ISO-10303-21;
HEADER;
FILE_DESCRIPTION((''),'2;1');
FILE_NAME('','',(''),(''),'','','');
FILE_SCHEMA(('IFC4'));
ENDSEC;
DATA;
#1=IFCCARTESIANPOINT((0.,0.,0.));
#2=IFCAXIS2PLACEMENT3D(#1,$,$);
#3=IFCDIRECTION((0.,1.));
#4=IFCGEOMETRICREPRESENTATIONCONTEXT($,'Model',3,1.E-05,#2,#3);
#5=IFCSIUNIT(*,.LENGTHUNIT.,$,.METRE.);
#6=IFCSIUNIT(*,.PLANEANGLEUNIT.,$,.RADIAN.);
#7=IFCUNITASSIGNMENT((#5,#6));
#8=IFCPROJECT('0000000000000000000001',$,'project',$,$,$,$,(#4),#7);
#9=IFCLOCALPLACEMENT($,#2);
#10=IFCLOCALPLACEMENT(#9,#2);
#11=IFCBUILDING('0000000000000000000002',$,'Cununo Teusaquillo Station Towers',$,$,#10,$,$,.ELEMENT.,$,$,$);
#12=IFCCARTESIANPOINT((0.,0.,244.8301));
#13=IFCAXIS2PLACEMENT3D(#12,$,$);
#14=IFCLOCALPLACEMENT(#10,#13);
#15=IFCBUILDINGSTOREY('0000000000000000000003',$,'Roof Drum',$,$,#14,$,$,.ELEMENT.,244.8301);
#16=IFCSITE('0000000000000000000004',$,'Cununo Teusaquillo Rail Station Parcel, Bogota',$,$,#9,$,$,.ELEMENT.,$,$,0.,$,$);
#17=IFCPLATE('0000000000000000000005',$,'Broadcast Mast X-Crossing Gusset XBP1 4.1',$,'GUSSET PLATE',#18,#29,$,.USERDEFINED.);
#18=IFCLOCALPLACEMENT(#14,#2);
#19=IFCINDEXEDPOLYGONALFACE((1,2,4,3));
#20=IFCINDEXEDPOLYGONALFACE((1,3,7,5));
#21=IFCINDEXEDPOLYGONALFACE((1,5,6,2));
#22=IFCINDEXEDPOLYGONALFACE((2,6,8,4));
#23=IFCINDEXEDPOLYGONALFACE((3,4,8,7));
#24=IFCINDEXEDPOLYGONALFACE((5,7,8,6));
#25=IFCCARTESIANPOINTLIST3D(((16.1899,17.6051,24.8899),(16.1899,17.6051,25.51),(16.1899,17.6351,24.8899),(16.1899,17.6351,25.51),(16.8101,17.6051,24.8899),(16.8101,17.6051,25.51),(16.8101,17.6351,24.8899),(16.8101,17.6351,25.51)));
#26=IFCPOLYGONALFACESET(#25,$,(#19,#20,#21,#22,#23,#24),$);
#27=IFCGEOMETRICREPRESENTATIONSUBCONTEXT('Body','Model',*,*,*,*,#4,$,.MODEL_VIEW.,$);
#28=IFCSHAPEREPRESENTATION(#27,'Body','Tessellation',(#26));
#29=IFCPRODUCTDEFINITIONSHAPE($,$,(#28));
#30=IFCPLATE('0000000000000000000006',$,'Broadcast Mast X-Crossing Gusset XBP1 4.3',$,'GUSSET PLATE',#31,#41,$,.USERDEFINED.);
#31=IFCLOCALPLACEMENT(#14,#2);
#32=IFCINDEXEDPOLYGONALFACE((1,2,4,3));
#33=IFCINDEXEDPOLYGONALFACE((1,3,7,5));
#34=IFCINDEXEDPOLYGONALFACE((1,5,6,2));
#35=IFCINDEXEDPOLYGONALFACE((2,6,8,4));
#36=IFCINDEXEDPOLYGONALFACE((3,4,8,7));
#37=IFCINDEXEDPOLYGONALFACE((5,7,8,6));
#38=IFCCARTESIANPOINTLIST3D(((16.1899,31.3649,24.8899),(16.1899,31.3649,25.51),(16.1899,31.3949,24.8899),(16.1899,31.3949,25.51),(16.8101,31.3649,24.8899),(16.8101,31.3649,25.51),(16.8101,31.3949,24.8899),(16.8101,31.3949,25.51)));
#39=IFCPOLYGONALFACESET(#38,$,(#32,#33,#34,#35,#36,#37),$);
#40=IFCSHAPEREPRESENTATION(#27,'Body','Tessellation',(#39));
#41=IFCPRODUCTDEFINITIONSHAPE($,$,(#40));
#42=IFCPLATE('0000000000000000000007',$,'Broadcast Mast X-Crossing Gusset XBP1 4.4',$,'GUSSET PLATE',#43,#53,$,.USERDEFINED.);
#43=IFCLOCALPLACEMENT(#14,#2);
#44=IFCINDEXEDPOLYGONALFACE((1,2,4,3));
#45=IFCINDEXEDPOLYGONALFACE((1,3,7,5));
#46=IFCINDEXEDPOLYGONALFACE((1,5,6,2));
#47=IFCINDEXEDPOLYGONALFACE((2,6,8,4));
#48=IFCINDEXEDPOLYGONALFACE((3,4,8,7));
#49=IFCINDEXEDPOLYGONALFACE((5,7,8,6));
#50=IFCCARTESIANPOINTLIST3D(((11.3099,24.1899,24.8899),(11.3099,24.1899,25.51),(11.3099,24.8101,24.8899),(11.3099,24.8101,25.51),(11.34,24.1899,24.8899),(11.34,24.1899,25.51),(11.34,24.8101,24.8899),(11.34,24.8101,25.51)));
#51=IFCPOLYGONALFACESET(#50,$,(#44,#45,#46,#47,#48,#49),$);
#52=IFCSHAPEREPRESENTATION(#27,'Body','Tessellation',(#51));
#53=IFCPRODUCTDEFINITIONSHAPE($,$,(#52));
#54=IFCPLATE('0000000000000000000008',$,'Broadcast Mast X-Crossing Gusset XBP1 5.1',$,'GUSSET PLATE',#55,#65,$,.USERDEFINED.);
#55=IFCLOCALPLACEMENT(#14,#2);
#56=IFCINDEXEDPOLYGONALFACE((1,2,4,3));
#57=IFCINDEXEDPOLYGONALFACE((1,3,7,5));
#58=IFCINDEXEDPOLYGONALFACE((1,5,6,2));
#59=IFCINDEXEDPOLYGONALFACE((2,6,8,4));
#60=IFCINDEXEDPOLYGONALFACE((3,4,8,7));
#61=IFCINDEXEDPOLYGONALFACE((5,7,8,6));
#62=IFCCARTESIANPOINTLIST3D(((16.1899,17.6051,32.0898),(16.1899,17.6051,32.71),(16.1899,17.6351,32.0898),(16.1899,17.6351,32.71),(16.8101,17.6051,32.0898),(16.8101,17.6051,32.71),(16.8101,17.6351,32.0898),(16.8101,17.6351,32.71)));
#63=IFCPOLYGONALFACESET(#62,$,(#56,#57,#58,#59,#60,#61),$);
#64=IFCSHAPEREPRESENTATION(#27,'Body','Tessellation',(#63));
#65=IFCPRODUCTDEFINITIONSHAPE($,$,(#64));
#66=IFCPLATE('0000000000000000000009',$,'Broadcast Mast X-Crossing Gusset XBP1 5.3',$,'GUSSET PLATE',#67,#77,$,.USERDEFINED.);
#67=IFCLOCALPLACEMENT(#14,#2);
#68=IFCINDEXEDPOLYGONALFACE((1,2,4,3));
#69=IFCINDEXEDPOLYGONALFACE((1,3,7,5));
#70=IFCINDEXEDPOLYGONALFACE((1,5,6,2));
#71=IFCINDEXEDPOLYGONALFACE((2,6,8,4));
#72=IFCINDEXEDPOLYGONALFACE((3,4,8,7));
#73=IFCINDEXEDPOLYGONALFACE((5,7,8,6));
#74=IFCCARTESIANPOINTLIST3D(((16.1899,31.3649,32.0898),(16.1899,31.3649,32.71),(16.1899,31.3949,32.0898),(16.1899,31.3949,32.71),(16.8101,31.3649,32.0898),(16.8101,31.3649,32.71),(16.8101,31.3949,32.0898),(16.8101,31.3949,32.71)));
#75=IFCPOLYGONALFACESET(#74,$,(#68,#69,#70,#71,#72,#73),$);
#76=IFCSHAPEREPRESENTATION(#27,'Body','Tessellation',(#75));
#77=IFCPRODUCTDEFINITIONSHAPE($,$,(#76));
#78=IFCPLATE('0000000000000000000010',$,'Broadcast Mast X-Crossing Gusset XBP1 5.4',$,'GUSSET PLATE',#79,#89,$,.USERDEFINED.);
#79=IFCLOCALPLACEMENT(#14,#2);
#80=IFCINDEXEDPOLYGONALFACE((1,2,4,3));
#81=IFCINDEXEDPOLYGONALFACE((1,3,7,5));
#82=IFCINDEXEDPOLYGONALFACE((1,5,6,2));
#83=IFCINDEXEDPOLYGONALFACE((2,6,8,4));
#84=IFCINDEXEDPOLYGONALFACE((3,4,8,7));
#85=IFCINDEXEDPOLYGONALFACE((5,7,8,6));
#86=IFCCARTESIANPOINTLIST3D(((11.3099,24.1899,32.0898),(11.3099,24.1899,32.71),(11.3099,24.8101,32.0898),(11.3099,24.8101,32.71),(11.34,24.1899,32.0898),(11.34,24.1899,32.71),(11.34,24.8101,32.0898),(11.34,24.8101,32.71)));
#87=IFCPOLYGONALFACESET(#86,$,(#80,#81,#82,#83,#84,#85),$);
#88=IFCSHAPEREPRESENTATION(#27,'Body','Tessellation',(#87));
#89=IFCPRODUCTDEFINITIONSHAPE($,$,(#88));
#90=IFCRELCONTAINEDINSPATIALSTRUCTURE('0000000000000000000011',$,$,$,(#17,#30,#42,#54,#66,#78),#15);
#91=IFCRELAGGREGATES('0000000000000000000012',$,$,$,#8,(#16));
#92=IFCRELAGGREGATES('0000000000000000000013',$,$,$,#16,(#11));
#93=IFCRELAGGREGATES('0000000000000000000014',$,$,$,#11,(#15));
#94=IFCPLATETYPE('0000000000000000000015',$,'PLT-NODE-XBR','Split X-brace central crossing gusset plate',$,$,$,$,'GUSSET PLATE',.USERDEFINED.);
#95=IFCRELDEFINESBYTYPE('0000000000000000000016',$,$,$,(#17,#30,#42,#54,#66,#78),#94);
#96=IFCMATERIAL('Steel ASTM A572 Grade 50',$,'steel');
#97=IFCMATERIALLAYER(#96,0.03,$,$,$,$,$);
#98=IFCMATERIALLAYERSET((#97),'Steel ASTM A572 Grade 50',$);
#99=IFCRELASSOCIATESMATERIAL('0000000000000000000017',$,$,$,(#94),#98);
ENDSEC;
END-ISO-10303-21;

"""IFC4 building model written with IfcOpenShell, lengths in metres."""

from ifc_helpers import new_model, si_unit, direction, frame, origin, origin_2d, place, context, subcontext, project, spatial, rectangle, extrude, source, transform, mapped, material, layer, layer_set, type_object, element, save


model = new_model("IFC4")

# Units and contexts
model_context = context("Model", 3, precision=1e-05, world=origin(), true_north=direction((0.0, 1.0)))
body_context = subcontext(model_context, "Body", "Model", "MODEL_VIEW")
ifc_project = project(units=[si_unit("LENGTHUNIT", "METRE"), si_unit("PLANEANGLEUNIT", "RADIAN")], contexts=[model_context])

# Site, building, storey
site_placement = place(None, origin())
site = spatial("IfcSite", under=ifc_project, at=site_placement, Name="Cununo Teusaquillo Rail Station Parcel, Bogota", CompositionType="ELEMENT", RefElevation=0.0)
building_placement = place(site_placement, origin())
building = spatial("IfcBuilding", under=site, at=building_placement, Name="Cununo Teusaquillo Station Towers", CompositionType="ELEMENT")
storey_placement = place(building_placement, frame((0.0, 0.0, 244.8301)))
storey = spatial("IfcBuildingStorey", under=building, at=storey_placement, Name="Roof Drum", CompositionType="ELEMENT", Elevation=244.8301)

# Plates
ifc_material_1 = material(Name="Steel ASTM A572 Grade 50", Category="steel")
ifc_layer_1 = layer(ifc_material_1, 0.03)
ifc_layer_set_1 = layer_set([ifc_layer_1], Name="Steel ASTM A572 Grade 50")
plate_type_1 = type_object("IfcPlateType", Name="PLT-NODE-XBR", Description="Split X-brace central crossing gusset plate", ElementType="GUSSET PLATE", PredefinedType="USERDEFINED", material=ifc_layer_set_1)
shared_shape_1 = source(origin(), body_context, "Body", "SweptSolid", [
    extrude(rectangle(XDim=0.6201, YDim=0.03, at=origin_2d()), origin(), (0.0, 0.0, 1.0), 0.6201),
])
for number, where, z_axis, x_axis, name in (
    (1, (16.5, 17.6201, 24.8899), (0.0, 0.0, 1.0), (1.0, 0.0, 0.0), "Broadcast Mast X-Crossing Gusset XBP1 4.1"),
    (2, (16.5, 31.3799, 24.8899), (0.0, 0.0, 1.0), (-1.0, 0.0, 0.0), "Broadcast Mast X-Crossing Gusset XBP1 4.3"),
    (3, (11.325, 24.5, 24.8899), (0.0, 0.0, 1.0), (0.0, -1.0, 0.0), "Broadcast Mast X-Crossing Gusset XBP1 4.4"),
    (4, (16.5, 17.6201, 32.0898), (0.0, 0.0, 1.0), (1.0, 0.0, 0.0), "Broadcast Mast X-Crossing Gusset XBP1 5.1"),
    (5, (16.5, 31.3799, 32.0898), (0.0, 0.0, 1.0), (-1.0, 0.0, 0.0), "Broadcast Mast X-Crossing Gusset XBP1 5.3"),
    (6, (11.325, 24.5, 32.0898), (0.0, 0.0, 1.0), (0.0, -1.0, 0.0), "Broadcast Mast X-Crossing Gusset XBP1 5.4"),
):
    element("IfcPlate", number, at=place(storey_placement, frame(where, z_axis=z_axis, x_axis=x_axis)), inside=storey, type_object=plate_type_1, Name=name, ObjectType="GUSSET PLATE", PredefinedType="USERDEFINED", context=body_context, shape_type="MappedRepresentation", body=[
        mapped(shared_shape_1, transform((0.0, 0.0, 0.0), x_axis=(1.0, 0.0, 0.0), y_axis=(0.0, 1.0, 0.0), z_axis=(0.0, 0.0, 1.0), scale=1.0)),
    ])

save(model, "model.ifc")
